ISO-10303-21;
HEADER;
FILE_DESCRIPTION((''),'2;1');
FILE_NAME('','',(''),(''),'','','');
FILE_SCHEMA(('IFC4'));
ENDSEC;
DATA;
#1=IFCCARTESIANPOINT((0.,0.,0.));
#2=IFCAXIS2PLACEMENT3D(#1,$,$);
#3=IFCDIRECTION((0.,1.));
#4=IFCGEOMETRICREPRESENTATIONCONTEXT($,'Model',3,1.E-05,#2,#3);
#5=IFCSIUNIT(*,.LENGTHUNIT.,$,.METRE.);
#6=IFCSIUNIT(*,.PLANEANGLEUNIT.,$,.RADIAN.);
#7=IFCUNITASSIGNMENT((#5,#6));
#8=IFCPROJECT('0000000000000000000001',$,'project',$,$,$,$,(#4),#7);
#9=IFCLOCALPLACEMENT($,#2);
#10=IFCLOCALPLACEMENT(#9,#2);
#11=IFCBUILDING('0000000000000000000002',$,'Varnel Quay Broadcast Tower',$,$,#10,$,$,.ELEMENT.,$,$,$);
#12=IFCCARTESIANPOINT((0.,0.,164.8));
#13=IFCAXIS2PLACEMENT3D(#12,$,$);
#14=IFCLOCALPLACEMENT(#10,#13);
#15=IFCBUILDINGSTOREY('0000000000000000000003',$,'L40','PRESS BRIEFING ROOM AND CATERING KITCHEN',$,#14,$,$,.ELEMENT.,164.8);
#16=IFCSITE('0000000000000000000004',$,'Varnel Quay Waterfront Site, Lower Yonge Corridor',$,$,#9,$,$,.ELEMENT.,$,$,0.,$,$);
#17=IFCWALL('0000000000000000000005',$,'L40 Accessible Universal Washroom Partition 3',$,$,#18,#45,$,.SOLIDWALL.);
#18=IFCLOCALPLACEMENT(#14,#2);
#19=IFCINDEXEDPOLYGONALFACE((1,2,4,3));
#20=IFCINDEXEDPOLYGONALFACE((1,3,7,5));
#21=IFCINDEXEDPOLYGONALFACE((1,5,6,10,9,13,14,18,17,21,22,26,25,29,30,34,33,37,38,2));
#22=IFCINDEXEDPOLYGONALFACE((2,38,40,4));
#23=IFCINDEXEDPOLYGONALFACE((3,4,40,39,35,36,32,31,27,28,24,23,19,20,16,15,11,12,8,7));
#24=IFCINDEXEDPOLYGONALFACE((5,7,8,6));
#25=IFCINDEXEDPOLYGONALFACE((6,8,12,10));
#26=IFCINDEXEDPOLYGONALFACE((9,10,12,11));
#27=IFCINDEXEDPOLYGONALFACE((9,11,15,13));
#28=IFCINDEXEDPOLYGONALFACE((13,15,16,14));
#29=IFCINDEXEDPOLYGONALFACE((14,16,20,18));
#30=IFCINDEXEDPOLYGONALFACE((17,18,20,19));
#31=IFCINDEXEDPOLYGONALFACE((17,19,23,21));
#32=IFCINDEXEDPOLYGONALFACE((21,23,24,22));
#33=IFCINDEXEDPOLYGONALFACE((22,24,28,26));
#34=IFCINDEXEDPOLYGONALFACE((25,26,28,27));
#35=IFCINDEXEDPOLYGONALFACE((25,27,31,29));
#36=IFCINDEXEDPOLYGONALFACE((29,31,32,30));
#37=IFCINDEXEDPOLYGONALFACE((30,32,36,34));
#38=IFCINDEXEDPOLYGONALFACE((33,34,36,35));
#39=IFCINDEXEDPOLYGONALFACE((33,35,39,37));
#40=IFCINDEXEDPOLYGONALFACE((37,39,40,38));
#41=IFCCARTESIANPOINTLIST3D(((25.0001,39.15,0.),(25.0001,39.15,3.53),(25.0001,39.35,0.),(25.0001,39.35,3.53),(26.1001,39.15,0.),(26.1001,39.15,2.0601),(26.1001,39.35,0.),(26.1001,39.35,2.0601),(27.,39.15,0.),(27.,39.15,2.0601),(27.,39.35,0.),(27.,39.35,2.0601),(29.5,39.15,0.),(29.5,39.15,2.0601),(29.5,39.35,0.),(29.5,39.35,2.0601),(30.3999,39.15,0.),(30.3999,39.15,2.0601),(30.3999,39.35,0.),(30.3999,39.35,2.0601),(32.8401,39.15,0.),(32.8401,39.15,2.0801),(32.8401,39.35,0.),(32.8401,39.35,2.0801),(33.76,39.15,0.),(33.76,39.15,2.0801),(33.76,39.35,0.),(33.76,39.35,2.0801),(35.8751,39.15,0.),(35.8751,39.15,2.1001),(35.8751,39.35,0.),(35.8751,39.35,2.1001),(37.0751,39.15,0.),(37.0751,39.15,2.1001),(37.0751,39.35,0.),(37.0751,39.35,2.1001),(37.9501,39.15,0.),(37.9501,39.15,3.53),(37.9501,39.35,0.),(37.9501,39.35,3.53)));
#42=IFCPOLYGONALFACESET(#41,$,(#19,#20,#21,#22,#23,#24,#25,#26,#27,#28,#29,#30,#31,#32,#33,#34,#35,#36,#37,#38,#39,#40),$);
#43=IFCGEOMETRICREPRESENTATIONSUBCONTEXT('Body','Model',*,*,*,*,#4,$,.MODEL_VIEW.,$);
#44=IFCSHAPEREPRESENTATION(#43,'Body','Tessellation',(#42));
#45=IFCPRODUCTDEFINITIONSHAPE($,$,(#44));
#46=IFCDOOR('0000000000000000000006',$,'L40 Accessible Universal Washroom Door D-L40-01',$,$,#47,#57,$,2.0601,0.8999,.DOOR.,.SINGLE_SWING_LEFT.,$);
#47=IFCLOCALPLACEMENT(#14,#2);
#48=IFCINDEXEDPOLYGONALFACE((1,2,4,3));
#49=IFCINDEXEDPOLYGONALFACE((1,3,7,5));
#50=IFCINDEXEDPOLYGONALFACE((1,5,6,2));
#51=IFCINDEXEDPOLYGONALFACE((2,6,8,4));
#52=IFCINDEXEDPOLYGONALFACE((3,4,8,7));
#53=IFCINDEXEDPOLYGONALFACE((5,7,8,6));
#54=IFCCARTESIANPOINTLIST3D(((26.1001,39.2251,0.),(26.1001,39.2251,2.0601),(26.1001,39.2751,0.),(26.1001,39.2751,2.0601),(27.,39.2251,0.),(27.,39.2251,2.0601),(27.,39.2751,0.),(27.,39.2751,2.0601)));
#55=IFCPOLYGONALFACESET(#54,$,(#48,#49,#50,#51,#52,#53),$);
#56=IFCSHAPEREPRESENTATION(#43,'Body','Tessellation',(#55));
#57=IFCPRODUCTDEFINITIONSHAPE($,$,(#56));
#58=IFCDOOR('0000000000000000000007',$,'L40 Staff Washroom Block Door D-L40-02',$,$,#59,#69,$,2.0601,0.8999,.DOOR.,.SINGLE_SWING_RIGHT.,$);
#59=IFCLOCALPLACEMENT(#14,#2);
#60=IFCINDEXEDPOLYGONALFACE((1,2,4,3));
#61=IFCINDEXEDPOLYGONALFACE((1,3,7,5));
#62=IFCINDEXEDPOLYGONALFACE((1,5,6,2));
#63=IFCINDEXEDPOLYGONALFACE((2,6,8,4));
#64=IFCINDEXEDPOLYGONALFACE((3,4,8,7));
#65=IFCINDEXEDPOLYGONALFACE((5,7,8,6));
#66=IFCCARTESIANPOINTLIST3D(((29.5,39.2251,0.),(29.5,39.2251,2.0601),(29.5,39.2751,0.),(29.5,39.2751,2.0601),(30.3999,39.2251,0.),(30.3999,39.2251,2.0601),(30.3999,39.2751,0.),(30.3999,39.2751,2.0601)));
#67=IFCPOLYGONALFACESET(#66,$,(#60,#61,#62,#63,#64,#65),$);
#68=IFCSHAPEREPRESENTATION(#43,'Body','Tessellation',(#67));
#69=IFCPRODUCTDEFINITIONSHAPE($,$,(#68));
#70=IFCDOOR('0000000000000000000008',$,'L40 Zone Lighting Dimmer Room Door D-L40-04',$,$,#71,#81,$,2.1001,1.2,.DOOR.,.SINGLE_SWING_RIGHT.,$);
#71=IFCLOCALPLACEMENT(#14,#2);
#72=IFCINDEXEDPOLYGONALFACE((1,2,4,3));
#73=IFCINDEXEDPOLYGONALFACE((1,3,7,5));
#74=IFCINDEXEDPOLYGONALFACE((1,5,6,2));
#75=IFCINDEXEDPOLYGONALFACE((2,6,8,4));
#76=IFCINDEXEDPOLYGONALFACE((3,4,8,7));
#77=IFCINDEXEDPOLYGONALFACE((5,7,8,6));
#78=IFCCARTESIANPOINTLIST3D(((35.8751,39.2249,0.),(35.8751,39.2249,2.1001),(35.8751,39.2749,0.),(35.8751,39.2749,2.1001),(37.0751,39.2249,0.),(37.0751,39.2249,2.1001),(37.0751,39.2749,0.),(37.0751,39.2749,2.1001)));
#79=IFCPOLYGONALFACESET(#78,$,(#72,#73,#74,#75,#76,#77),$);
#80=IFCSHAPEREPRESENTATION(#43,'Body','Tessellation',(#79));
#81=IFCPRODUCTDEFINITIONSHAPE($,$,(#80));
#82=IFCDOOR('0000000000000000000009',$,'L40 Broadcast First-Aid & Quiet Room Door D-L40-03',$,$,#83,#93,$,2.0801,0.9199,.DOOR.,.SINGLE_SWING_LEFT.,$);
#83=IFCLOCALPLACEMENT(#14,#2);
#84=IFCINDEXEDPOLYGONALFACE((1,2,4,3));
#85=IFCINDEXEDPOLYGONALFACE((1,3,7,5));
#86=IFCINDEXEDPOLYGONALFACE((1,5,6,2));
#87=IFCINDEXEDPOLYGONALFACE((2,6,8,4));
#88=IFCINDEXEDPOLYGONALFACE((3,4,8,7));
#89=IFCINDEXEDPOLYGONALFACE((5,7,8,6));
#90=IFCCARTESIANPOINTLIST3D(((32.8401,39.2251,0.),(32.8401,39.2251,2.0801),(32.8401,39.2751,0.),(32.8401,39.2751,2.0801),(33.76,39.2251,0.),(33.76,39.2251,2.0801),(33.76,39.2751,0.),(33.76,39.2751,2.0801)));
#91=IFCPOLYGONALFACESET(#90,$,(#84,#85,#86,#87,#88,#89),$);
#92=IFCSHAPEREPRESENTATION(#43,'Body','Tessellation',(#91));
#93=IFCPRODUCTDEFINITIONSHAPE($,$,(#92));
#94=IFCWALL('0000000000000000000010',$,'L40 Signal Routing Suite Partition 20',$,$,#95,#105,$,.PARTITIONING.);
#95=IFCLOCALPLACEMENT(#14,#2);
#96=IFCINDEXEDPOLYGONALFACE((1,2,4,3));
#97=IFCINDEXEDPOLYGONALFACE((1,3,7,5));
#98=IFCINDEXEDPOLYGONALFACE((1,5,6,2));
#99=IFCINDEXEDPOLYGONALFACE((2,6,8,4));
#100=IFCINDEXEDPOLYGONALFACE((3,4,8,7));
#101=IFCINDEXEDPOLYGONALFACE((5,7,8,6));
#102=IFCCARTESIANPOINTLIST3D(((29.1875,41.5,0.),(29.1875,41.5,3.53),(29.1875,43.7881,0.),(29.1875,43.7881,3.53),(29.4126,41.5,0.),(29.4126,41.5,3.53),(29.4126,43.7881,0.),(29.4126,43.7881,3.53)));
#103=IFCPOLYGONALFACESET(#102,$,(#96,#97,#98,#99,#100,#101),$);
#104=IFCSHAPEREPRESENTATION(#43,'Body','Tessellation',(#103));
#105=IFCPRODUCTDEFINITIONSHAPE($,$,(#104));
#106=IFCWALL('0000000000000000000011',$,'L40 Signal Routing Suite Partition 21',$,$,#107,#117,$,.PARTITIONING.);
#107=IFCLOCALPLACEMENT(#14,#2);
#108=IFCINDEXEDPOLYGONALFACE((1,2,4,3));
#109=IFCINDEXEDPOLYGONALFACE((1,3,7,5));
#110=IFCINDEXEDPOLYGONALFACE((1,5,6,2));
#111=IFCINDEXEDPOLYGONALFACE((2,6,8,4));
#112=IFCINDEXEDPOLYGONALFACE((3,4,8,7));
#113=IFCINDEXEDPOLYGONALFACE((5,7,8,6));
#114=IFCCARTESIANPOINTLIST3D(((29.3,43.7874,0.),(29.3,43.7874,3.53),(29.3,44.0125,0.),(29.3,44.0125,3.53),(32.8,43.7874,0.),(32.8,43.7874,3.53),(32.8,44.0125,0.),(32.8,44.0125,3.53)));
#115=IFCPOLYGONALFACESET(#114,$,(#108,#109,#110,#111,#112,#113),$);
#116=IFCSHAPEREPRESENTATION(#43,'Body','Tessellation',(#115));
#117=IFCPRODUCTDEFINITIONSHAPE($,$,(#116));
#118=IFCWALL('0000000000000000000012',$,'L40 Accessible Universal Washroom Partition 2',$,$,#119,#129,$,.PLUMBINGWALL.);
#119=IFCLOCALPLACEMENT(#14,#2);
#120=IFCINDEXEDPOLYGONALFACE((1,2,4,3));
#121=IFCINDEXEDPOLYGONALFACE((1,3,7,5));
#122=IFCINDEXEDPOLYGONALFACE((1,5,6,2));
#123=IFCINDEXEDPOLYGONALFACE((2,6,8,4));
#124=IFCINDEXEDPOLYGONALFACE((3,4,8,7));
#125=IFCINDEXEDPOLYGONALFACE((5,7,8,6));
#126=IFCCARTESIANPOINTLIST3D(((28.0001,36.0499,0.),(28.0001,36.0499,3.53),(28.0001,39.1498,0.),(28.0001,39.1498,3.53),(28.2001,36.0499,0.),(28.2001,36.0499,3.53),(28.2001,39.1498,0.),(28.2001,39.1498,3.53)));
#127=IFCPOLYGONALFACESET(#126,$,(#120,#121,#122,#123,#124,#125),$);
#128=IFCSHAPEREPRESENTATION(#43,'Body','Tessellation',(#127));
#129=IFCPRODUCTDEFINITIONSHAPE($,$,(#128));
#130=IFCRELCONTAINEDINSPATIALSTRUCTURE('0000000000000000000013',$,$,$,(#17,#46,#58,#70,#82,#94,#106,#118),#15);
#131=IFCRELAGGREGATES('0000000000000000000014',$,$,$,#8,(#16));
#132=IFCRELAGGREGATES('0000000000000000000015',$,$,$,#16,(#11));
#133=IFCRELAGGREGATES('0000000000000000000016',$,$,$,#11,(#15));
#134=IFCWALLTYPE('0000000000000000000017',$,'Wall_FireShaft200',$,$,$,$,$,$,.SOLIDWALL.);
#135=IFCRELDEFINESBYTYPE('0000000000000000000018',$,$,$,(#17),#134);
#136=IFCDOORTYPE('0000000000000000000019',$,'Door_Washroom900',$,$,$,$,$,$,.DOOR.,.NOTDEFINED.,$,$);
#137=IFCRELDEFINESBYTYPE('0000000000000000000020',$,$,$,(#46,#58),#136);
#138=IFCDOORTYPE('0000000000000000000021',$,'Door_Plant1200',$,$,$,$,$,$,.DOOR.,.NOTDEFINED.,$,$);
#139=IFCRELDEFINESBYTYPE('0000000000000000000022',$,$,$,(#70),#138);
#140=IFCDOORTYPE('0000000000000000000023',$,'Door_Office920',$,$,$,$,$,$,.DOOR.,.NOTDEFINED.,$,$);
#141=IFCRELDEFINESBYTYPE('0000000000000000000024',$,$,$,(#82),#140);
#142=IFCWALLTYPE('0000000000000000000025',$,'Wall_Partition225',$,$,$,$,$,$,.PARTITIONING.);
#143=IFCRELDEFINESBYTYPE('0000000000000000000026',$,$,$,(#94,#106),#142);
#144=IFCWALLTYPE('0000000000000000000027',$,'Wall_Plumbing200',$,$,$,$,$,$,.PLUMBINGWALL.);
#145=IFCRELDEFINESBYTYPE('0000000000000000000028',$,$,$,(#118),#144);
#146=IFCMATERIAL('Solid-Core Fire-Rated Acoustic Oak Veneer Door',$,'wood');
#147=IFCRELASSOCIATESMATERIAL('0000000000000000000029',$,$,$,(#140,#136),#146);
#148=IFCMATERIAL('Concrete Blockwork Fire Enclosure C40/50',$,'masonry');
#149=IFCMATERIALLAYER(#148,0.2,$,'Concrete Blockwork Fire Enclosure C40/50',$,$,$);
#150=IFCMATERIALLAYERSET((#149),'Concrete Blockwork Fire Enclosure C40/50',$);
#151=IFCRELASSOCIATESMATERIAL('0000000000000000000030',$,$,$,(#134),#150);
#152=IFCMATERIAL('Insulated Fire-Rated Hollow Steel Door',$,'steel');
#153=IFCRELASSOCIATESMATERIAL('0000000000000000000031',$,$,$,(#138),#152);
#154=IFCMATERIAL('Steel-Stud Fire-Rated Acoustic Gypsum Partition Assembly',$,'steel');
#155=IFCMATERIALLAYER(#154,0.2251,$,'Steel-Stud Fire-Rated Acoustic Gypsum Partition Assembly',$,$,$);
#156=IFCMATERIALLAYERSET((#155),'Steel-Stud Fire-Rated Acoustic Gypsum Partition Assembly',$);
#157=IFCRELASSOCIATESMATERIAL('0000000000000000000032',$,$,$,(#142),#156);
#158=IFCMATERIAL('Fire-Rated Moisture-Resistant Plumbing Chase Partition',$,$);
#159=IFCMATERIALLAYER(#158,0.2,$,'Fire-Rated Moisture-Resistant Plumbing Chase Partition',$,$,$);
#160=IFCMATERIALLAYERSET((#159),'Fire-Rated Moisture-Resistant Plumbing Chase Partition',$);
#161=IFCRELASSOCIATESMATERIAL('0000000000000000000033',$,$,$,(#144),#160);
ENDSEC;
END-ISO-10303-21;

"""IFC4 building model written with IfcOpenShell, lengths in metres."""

from ifc_helpers import new_model, si_unit, direction, frame, frame_2d, origin, place, context, subcontext, project, spatial, rectangle, extrude, source, transform, mapped, material, layer, layer_set, type_object, type_shapes, element, fill, save


model = new_model("IFC4")

# Units and contexts
model_context = context("Model", 3, precision=1e-05, world=origin(), true_north=direction((0.0, 1.0)))
body_context = subcontext(model_context, "Body", "Model", "MODEL_VIEW")
ifc_project = project(units=[si_unit("LENGTHUNIT", "METRE"), si_unit("PLANEANGLEUNIT", "RADIAN")], contexts=[model_context])

# Site, building, storey
site_placement = place(None, origin())
site = spatial("IfcSite", under=ifc_project, at=site_placement, Name="Varnel Quay Waterfront Site, Lower Yonge Corridor", CompositionType="ELEMENT", RefElevation=0.0)
building_placement = place(site_placement, origin())
building = spatial("IfcBuilding", under=site, at=building_placement, Name="Varnel Quay Broadcast Tower", CompositionType="ELEMENT")
storey_placement = place(building_placement, frame((0.0, 0.0, 164.8)))
storey = spatial("IfcBuildingStorey", under=building, at=storey_placement, Name="L40", Description="PRESS BRIEFING ROOM AND CATERING KITCHEN", CompositionType="ELEMENT", Elevation=164.8)

# Wall, openings, doors
ifc_material_1 = material(Name="Solid-Core Fire-Rated Acoustic Oak Veneer Door", Category="wood")
door_type_1 = type_object("IfcDoorType", Name="Door_Office920", OperationType="NOTDEFINED", PredefinedType="DOOR", material=ifc_material_1)
shared_shape_1 = source(origin(), body_context, "Body", "SweptSolid", [
    extrude(rectangle(XDim=0.9199, YDim=2.0801, at=frame_2d((0.46, 1.04))), frame((0.0, 0.0249, 0.0), z_axis=(0.0, -1.0, 0.0), x_axis=(1.0, 0.0, 0.0)), (0.0, 0.0, 1.0), 0.05),
])
type_shapes(door_type_1, [shared_shape_1])
ifc_material_2 = material(Name="Concrete Blockwork Fire Enclosure C40/50", Category="masonry")
ifc_layer_1 = layer(ifc_material_2, 0.2, Name="Concrete Blockwork Fire Enclosure C40/50")
ifc_layer_set_1 = layer_set([ifc_layer_1], Name="Concrete Blockwork Fire Enclosure C40/50")
wall_type_1 = type_object("IfcWallType", Name="Wall_FireShaft200", PredefinedType="SOLIDWALL", material=ifc_layer_set_1)
wall_1_placement = place(storey_placement, frame((25.0, 39.25, 0.0), z_axis=(0.0, 0.0, 1.0), x_axis=(1.0, 0.0, 0.0)))
wall_1 = element("IfcWall", 1, at=wall_1_placement, inside=storey, type_object=wall_type_1, Name="L40 Accessible Universal Washroom Partition 3", PredefinedType="SOLIDWALL", context=body_context, shape_type="SweptSolid", body=[
    extrude(rectangle(XDim=12.95, YDim=0.2, at=frame_2d((6.4751, 0.0))), origin(), (0.0, 0.0, 1.0), 3.53),
])
opening_1_placement = place(wall_1_placement, frame((1.1001, 0.0, 0.0)))
opening_1 = element("IfcOpeningElement", 2, at=opening_1_placement, cuts=wall_1, PredefinedType="OPENING", context=body_context, shape_type="SweptSolid", body=[
    extrude(rectangle(XDim=0.8999, YDim=2.0601, at=frame_2d((0.45, 1.03))), frame((0.0, 0.1099, 0.0), z_axis=(0.0, -1.0, 0.0), x_axis=(1.0, 0.0, 0.0)), (0.0, 0.0, 1.0), 0.22),
])
opening_2_placement = place(wall_1_placement, frame((4.5, 0.0, 0.0)))
opening_2 = element("IfcOpeningElement", 3, at=opening_2_placement, cuts=wall_1, PredefinedType="OPENING", context=body_context, shape_type="SweptSolid", body=[
    extrude(rectangle(XDim=0.8999, YDim=2.0601, at=frame_2d((0.45, 1.03))), frame((0.0, 0.1099, 0.0), z_axis=(0.0, -1.0, 0.0), x_axis=(1.0, 0.0, 0.0)), (0.0, 0.0, 1.0), 0.22),
])
opening_3_placement = place(wall_1_placement, frame((7.8401, 0.0, 0.0)))
opening_3 = element("IfcOpeningElement", 4, at=opening_3_placement, cuts=wall_1, PredefinedType="OPENING", context=body_context, shape_type="SweptSolid", body=[
    extrude(rectangle(XDim=0.9199, YDim=2.0801, at=frame_2d((0.46, 1.04))), frame((0.0, 0.1099, 0.0), z_axis=(0.0, -1.0, 0.0), x_axis=(1.0, 0.0, 0.0)), (0.0, 0.0, 1.0), 0.22),
])
opening_4_placement = place(wall_1_placement, frame((10.875, 0.0, 0.0)))
opening_4 = element("IfcOpeningElement", 5, at=opening_4_placement, cuts=wall_1, PredefinedType="OPENING", context=body_context, shape_type="SweptSolid", body=[
    extrude(rectangle(XDim=1.2, YDim=2.1001, at=frame_2d((0.6001, 1.05))), frame((0.0, 0.1099, 0.0), z_axis=(0.0, -1.0, 0.0), x_axis=(1.0, 0.0, 0.0)), (0.0, 0.0, 1.0), 0.22),
])
door_type_2 = type_object("IfcDoorType", Name="Door_Washroom900", OperationType="NOTDEFINED", PredefinedType="DOOR", material=ifc_material_1)
shared_shape_2 = source(origin(), body_context, "Body", "SweptSolid", [
    extrude(rectangle(XDim=0.8999, YDim=2.0601, at=frame_2d((0.45, 1.03))), frame((0.0, 0.0249, 0.0), z_axis=(0.0, -1.0, 0.0), x_axis=(1.0, 0.0, 0.0)), (0.0, 0.0, 1.0), 0.05),
])
type_shapes(door_type_2, [shared_shape_2])
door_1_placement = place(opening_1_placement, frame((0.8999, 0.0, 0.0), z_axis=(0.0, 0.0, 1.0), x_axis=(-1.0, 0.0, 0.0)))
door_1 = element("IfcDoor", 6, at=door_1_placement, inside=storey, type_object=door_type_2, Name="L40 Accessible Universal Washroom Door D-L40-01", OperationType="SINGLE_SWING_LEFT", OverallHeight=2.0601, OverallWidth=0.8999, PredefinedType="DOOR", context=body_context, shape_type="MappedRepresentation", body=[
    mapped(shared_shape_2, transform((0.0, 0.0, 0.0), x_axis=(1.0, 0.0, 0.0), y_axis=(0.0, 1.0, 0.0), z_axis=(0.0, 0.0, 1.0), scale=1.0)),
])
fill(opening_1, door_1)
door_2_placement = place(opening_2_placement, frame((0.8999, 0.0, 0.0), z_axis=(0.0, 0.0, 1.0), x_axis=(-1.0, 0.0, 0.0)))
door_2 = element("IfcDoor", 7, at=door_2_placement, inside=storey, type_object=door_type_2, Name="L40 Staff Washroom Block Door D-L40-02", OperationType="SINGLE_SWING_RIGHT", OverallHeight=2.0601, OverallWidth=0.8999, PredefinedType="DOOR", context=body_context, shape_type="MappedRepresentation", body=[
    mapped(shared_shape_2, transform((0.0, 0.0, 0.0), x_axis=(1.0, 0.0, 0.0), y_axis=(0.0, 1.0, 0.0), z_axis=(0.0, 0.0, 1.0), scale=1.0)),
])
fill(opening_2, door_2)
ifc_material_3 = material(Name="Insulated Fire-Rated Hollow Steel Door", Category="steel")
door_type_3 = type_object("IfcDoorType", Name="Door_Plant1200", OperationType="NOTDEFINED", PredefinedType="DOOR", material=ifc_material_3)
shared_shape_3 = source(origin(), body_context, "Body", "SweptSolid", [
    extrude(rectangle(XDim=1.2, YDim=2.1001, at=frame_2d((0.6001, 1.05))), frame((0.0, 0.0249, 0.0), z_axis=(0.0, -1.0, 0.0), x_axis=(1.0, 0.0, 0.0)), (0.0, 0.0, 1.0), 0.05),
])
type_shapes(door_type_3, [shared_shape_3])
door_3_placement = place(opening_4_placement, origin())
door_3 = element("IfcDoor", 8, at=door_3_placement, inside=storey, type_object=door_type_3, Name="L40 Zone Lighting Dimmer Room Door D-L40-04", OperationType="SINGLE_SWING_RIGHT", OverallHeight=2.1001, OverallWidth=1.2, PredefinedType="DOOR", context=body_context, shape_type="MappedRepresentation", body=[
    mapped(shared_shape_3, transform((0.0, 0.0, 0.0), x_axis=(1.0, 0.0, 0.0), y_axis=(0.0, 1.0, 0.0), z_axis=(0.0, 0.0, 1.0), scale=1.0)),
])
fill(opening_4, door_3)
door_4_placement = place(opening_3_placement, frame((0.9199, 0.0, 0.0), z_axis=(0.0, 0.0, 1.0), x_axis=(-1.0, 0.0, 0.0)))
door_4 = element("IfcDoor", 9, at=door_4_placement, inside=storey, type_object=door_type_1, Name="L40 Broadcast First-Aid & Quiet Room Door D-L40-03", OperationType="SINGLE_SWING_LEFT", OverallHeight=2.0801, OverallWidth=0.9199, PredefinedType="DOOR", context=body_context, shape_type="MappedRepresentation", body=[
    mapped(shared_shape_1, transform((0.0, 0.0, 0.0), x_axis=(1.0, 0.0, 0.0), y_axis=(0.0, 1.0, 0.0), z_axis=(0.0, 0.0, 1.0), scale=1.0)),
])
fill(opening_3, door_4)

# Walls
ifc_material_4 = material(Name="Steel-Stud Fire-Rated Acoustic Gypsum Partition Assembly", Category="steel")
ifc_layer_2 = layer(ifc_material_4, 0.2251, Name="Steel-Stud Fire-Rated Acoustic Gypsum Partition Assembly")
ifc_layer_set_2 = layer_set([ifc_layer_2], Name="Steel-Stud Fire-Rated Acoustic Gypsum Partition Assembly")
wall_type_2 = type_object("IfcWallType", Name="Wall_Partition225", PredefinedType="PARTITIONING", material=ifc_layer_set_2)
wall_2_placement = place(storey_placement, frame((29.3, 41.5, 0.0), z_axis=(0.0, 0.0, 1.0), x_axis=(0.0, 1.0, 0.0)))
element("IfcWall", 10, at=wall_2_placement, inside=storey, type_object=wall_type_2, Name="L40 Signal Routing Suite Partition 20", PredefinedType="PARTITIONING", context=body_context, shape_type="SweptSolid", body=[
    extrude(rectangle(XDim=2.2881, YDim=0.2251, at=frame_2d((1.144, 0.0))), origin(), (0.0, 0.0, 1.0), 3.53),
])
wall_3_placement = place(storey_placement, frame((29.3, 43.8999, 0.0), z_axis=(0.0, 0.0, 1.0), x_axis=(1.0, 0.0, 0.0)))
element("IfcWall", 11, at=wall_3_placement, inside=storey, type_object=wall_type_2, Name="L40 Signal Routing Suite Partition 21", PredefinedType="PARTITIONING", context=body_context, shape_type="SweptSolid", body=[
    extrude(rectangle(XDim=3.5, YDim=0.2251, at=frame_2d((1.75, 0.0))), origin(), (0.0, 0.0, 1.0), 3.53),
])
ifc_material_5 = material(Name="Fire-Rated Moisture-Resistant Plumbing Chase Partition")
ifc_layer_3 = layer(ifc_material_5, 0.2, Name="Fire-Rated Moisture-Resistant Plumbing Chase Partition")
ifc_layer_set_3 = layer_set([ifc_layer_3], Name="Fire-Rated Moisture-Resistant Plumbing Chase Partition")
wall_type_3 = type_object("IfcWallType", Name="Wall_Plumbing200", PredefinedType="PLUMBINGWALL", material=ifc_layer_set_3)
wall_4_placement = place(storey_placement, frame((28.1001, 36.05, 0.0), z_axis=(0.0, 0.0, 1.0), x_axis=(0.0, 1.0, 0.0)))
element("IfcWall", 12, at=wall_4_placement, inside=storey, type_object=wall_type_3, Name="L40 Accessible Universal Washroom Partition 2", PredefinedType="PLUMBINGWALL", context=body_context, shape_type="SweptSolid", body=[
    extrude(rectangle(XDim=3.0999, YDim=0.2, at=frame_2d((1.5498, 0.0))), origin(), (0.0, 0.0, 1.0), 3.53),
])

save(model, "model.ifc")
